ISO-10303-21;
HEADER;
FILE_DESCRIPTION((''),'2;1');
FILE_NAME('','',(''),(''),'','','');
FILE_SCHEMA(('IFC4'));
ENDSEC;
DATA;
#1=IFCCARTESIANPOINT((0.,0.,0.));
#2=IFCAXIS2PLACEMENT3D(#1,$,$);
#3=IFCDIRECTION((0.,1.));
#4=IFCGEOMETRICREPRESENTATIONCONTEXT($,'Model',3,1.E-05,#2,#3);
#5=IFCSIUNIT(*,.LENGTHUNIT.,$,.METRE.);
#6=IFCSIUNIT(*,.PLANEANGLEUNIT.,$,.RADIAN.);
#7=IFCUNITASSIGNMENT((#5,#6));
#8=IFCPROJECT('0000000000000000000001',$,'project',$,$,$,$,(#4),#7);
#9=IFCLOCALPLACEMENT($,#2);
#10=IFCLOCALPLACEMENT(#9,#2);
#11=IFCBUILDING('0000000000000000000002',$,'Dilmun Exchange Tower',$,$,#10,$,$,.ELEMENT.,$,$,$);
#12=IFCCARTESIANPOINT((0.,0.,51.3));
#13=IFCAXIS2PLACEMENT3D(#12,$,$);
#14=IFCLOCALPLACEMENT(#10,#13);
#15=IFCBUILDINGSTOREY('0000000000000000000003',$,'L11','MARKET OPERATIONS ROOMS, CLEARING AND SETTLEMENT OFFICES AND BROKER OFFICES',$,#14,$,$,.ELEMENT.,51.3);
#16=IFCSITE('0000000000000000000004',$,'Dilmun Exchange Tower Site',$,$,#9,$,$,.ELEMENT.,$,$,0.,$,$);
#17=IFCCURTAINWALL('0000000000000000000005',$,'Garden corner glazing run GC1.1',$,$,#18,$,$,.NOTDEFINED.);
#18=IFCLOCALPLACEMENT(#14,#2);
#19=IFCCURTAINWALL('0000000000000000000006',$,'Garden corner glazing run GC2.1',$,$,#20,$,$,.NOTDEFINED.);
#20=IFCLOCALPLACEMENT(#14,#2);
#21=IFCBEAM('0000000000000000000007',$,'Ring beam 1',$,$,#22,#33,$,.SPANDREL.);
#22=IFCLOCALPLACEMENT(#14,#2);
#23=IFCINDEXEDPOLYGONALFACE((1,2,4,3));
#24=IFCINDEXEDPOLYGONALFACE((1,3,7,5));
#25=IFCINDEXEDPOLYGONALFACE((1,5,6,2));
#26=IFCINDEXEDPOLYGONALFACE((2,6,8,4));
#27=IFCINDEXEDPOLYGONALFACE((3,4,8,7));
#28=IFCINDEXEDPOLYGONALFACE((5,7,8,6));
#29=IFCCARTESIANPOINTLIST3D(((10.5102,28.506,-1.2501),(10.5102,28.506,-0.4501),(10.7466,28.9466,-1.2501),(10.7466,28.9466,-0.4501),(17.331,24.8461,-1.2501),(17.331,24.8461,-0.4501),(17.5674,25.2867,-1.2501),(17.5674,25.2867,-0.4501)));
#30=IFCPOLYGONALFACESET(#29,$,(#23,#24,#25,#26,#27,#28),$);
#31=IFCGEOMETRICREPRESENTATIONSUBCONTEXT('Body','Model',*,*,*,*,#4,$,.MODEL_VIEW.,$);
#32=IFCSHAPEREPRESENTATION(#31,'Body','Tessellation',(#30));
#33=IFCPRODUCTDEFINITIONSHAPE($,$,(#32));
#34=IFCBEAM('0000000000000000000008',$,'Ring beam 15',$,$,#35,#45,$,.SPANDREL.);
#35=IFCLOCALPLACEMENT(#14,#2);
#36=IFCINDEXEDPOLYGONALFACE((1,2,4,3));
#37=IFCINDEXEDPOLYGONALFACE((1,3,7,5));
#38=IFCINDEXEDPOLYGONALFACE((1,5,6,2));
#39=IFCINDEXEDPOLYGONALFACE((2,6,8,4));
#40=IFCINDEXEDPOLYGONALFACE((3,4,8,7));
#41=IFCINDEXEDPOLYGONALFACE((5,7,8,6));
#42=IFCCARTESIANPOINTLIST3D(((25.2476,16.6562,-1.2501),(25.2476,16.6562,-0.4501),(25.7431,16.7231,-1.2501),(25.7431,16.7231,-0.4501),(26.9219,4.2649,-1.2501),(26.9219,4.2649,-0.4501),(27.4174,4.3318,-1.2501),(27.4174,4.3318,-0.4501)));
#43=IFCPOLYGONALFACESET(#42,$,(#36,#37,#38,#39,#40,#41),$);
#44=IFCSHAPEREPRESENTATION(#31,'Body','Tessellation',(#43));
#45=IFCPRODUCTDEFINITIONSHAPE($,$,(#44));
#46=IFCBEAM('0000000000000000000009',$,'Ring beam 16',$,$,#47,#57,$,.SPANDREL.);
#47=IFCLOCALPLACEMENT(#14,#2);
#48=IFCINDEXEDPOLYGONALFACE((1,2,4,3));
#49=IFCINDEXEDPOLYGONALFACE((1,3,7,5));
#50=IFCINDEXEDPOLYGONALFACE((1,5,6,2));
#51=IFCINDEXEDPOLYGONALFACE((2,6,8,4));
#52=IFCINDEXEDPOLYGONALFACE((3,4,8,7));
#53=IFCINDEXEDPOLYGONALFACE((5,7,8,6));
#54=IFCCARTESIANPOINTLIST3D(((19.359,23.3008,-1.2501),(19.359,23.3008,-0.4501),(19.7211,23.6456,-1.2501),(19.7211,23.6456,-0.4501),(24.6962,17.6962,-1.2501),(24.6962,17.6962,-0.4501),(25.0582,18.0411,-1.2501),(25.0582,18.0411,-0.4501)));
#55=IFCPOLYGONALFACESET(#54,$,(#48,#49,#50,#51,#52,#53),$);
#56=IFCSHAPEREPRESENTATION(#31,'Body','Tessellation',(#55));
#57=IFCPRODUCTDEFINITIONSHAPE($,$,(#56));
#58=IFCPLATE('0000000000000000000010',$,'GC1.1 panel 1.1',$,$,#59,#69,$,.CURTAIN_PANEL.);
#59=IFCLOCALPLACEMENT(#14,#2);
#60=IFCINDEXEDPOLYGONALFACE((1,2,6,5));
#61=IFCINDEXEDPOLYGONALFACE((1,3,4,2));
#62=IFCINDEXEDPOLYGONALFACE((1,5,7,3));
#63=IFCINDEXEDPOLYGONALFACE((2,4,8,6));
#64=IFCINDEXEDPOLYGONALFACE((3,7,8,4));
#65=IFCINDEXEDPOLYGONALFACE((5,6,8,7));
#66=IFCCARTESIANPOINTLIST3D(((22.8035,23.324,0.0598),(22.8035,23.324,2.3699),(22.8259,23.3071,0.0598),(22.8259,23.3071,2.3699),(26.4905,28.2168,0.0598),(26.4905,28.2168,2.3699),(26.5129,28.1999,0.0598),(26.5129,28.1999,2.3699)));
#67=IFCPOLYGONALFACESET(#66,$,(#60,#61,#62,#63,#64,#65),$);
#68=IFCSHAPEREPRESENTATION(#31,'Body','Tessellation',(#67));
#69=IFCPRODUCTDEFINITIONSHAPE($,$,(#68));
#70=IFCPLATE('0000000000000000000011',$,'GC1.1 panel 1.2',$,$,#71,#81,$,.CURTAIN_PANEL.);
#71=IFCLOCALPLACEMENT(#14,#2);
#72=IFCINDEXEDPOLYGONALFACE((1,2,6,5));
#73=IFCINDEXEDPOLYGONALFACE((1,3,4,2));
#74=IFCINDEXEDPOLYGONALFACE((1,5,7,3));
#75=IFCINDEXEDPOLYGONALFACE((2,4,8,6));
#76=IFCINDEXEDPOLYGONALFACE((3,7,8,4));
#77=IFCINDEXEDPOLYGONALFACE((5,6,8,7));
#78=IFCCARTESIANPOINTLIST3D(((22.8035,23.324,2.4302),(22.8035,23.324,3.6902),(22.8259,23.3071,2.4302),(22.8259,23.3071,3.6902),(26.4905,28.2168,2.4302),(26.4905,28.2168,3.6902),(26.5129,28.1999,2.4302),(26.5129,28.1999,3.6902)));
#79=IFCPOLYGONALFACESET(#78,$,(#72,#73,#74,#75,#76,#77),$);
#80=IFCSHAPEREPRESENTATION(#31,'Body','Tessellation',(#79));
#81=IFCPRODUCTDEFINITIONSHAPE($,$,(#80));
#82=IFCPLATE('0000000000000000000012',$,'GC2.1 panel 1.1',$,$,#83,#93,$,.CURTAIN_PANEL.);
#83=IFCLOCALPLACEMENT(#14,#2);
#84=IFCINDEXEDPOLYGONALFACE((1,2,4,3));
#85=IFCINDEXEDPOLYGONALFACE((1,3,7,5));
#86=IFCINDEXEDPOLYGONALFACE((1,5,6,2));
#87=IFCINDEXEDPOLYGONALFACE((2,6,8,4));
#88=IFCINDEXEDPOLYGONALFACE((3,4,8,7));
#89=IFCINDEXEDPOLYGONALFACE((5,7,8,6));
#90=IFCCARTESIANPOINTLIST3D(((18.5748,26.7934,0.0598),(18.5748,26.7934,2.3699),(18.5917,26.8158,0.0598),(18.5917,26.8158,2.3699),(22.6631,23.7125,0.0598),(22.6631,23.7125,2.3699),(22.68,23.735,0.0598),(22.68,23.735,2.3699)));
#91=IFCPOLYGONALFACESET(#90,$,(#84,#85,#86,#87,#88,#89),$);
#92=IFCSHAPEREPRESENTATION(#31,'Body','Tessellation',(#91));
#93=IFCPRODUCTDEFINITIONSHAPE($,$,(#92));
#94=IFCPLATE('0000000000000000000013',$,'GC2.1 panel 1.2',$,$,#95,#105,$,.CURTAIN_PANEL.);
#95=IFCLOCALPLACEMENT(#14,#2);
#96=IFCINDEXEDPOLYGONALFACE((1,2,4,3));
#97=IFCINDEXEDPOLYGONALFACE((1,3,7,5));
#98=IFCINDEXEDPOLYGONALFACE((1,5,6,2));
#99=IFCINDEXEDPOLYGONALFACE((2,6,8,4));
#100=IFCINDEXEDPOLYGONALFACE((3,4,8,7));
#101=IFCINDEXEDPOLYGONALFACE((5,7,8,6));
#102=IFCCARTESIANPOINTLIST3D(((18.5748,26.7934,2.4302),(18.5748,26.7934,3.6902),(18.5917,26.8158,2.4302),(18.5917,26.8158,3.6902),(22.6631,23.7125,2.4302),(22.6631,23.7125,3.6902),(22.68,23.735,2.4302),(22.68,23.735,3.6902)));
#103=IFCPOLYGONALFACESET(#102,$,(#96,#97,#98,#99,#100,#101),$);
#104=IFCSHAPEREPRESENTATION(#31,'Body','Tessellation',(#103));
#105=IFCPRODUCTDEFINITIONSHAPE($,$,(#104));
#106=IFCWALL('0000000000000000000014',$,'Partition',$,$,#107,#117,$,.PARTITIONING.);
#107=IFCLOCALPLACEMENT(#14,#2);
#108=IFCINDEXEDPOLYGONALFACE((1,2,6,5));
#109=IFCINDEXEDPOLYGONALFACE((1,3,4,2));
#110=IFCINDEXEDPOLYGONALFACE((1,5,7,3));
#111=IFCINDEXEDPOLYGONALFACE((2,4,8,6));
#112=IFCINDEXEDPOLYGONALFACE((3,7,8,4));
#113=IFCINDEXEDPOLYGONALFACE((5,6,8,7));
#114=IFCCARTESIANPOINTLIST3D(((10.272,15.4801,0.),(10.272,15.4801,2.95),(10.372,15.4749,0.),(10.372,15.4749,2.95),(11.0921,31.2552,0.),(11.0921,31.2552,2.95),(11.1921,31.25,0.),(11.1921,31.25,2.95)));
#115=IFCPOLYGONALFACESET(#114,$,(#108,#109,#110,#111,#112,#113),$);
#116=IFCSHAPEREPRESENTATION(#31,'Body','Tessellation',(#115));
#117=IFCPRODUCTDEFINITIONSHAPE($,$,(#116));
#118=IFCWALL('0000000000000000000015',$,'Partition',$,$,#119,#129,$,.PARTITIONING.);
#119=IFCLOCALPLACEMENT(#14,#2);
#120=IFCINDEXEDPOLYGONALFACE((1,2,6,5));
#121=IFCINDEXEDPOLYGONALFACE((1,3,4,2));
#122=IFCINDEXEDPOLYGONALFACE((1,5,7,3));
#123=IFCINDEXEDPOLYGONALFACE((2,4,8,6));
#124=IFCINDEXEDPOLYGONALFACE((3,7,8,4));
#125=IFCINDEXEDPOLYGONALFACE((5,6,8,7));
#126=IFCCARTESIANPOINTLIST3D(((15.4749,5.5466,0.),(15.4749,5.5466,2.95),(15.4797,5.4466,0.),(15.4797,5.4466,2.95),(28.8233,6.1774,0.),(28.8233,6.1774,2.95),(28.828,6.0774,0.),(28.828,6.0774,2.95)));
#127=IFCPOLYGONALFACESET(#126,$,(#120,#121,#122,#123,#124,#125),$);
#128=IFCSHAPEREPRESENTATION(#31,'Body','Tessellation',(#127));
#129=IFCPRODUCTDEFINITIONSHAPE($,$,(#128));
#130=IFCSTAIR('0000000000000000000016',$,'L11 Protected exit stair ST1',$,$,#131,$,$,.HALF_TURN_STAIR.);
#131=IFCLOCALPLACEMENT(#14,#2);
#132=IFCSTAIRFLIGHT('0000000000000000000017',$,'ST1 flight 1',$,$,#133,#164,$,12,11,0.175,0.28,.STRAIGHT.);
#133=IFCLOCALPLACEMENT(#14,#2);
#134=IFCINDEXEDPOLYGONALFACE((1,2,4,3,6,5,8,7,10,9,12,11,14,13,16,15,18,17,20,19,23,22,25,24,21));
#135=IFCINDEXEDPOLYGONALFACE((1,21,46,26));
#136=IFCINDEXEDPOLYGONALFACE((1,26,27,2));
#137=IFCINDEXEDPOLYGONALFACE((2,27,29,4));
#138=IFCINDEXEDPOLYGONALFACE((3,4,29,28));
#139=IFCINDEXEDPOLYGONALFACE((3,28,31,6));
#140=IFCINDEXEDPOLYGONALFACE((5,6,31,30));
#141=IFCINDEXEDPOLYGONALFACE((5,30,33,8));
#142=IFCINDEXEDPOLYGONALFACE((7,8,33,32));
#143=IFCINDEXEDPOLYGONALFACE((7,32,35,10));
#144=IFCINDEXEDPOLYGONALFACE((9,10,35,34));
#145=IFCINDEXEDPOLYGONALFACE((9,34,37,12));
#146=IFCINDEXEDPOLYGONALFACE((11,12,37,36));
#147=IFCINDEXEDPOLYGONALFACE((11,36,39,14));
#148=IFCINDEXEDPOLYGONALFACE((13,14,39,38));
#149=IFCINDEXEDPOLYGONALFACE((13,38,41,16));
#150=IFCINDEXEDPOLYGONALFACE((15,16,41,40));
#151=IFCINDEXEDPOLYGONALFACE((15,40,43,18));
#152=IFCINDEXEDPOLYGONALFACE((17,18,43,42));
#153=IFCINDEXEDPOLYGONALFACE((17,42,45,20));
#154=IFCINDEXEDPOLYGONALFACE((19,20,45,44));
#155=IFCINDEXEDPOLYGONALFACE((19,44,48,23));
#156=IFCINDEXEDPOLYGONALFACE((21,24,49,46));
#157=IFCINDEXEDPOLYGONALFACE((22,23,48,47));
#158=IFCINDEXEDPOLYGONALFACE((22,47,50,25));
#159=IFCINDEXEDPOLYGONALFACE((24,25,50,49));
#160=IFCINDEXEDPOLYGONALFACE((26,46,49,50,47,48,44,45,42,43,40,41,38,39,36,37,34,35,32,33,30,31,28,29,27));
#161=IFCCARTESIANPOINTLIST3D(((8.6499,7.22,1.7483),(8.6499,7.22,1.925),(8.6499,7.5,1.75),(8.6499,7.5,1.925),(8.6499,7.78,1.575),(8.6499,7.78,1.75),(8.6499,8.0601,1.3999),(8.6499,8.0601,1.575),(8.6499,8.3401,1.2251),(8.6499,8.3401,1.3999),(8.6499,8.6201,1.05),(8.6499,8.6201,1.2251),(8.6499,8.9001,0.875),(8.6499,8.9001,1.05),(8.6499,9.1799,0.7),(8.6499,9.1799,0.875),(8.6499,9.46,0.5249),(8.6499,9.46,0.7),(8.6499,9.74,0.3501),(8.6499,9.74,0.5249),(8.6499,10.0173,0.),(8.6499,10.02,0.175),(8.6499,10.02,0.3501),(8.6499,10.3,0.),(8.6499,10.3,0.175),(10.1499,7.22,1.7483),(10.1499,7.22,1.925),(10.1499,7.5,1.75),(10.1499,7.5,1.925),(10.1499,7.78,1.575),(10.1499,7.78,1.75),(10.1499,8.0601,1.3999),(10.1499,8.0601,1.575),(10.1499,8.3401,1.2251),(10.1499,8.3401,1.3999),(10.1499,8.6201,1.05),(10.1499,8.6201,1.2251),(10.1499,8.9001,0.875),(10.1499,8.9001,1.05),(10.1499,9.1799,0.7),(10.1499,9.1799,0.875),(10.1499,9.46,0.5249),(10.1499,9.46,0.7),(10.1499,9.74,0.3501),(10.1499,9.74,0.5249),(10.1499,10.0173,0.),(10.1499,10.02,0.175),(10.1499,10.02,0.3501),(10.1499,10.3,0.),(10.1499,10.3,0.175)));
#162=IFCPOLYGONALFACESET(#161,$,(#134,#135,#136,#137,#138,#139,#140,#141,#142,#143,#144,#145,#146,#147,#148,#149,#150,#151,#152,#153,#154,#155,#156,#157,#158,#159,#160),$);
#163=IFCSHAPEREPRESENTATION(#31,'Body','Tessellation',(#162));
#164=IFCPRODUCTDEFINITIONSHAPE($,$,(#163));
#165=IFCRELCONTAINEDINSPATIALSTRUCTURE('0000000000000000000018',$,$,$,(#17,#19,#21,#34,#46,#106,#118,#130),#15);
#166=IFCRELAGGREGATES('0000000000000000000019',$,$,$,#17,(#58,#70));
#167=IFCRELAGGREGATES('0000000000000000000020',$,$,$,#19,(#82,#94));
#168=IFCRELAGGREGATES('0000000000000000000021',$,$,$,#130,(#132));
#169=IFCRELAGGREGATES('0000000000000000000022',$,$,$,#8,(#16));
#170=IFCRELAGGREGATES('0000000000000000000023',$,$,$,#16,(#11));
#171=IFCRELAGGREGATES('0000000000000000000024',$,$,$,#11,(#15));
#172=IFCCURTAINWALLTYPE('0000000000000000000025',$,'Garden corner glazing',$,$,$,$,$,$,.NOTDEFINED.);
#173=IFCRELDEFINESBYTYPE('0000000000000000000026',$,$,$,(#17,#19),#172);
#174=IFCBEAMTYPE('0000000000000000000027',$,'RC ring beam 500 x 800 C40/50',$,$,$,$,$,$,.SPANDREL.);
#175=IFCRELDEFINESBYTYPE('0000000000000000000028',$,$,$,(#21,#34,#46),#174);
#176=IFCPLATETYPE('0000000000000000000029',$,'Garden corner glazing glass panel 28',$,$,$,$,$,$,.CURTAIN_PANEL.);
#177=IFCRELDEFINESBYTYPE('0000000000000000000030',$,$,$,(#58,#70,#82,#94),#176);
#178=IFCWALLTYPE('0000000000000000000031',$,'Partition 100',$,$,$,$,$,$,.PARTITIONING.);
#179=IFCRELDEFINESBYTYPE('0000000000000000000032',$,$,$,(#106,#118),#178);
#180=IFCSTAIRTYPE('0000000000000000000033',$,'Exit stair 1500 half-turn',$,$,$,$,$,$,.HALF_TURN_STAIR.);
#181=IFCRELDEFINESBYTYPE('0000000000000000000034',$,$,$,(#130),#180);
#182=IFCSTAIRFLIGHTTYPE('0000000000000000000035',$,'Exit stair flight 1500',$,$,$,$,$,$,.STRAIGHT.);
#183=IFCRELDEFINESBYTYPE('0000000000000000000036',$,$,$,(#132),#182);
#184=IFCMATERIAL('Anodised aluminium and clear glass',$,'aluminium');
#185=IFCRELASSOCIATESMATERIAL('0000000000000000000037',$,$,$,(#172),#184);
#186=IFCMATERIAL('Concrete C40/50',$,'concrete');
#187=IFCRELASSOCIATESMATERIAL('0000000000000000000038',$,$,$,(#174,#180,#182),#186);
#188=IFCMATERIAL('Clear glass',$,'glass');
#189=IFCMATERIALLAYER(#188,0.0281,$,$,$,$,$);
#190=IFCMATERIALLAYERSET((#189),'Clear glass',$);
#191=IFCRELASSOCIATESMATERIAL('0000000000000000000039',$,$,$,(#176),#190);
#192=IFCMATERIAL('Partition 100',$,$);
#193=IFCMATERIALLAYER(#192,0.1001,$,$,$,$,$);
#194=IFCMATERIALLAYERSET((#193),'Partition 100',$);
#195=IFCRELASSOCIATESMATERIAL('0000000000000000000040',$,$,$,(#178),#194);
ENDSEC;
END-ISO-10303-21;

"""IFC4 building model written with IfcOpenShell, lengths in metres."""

from ifc_helpers import new_model, si_unit, direction, frame, frame_2d, origin, origin_2d, place, context, subcontext, project, spatial, polyline, rectangle, outline, extrude, material, layer, layer_set, material_profile, profile_set, type_object, element, aggregate, save


model = new_model("IFC4")

# Units and contexts
model_context = context("Model", 3, precision=1e-05, world=origin(), true_north=direction((0.0, 1.0)))
body_context = subcontext(model_context, "Body", "Model", "MODEL_VIEW")
ifc_project = project(units=[si_unit("LENGTHUNIT", "METRE"), si_unit("PLANEANGLEUNIT", "RADIAN")], contexts=[model_context])

# Site, building, storey
site_placement = place(None, origin())
site = spatial("IfcSite", under=ifc_project, at=site_placement, Name="Dilmun Exchange Tower Site", CompositionType="ELEMENT", RefElevation=0.0)
building_placement = place(site_placement, origin())
building = spatial("IfcBuilding", under=site, at=building_placement, Name="Dilmun Exchange Tower", CompositionType="ELEMENT")
storey_placement = place(building_placement, frame((0.0, 0.0, 51.3)))
storey = spatial("IfcBuildingStorey", under=building, at=storey_placement, Name="L11", Description="MARKET OPERATIONS ROOMS, CLEARING AND SETTLEMENT OFFICES AND BROKER OFFICES", CompositionType="ELEMENT", Elevation=51.3)

# Curtain wall
ifc_material_1 = material(Name="Anodised aluminium and clear glass", Category="aluminium")
curtain_wall_type = type_object("IfcCurtainWallType", Name="Garden corner glazing", PredefinedType="NOTDEFINED", material=ifc_material_1)
curtain_wall_1_placement = place(storey_placement, origin())
curtain_wall_1 = element("IfcCurtainWall", 1, at=curtain_wall_1_placement, inside=storey, type_object=curtain_wall_type, Name="Garden corner glazing run GC1.1", PredefinedType="NOTDEFINED")

# Curtain wall
curtain_wall_2_placement = place(storey_placement, origin())
curtain_wall_2 = element("IfcCurtainWall", 2, at=curtain_wall_2_placement, inside=storey, type_object=curtain_wall_type, Name="Garden corner glazing run GC2.1", PredefinedType="NOTDEFINED")

# Beams
ifc_material_2 = material(Name="Concrete C40/50", Category="concrete")
ifc_material_profile_1 = material_profile(ifc_material_2, rectangle(XDim=0.5, YDim=0.8, at=origin_2d()), Name="500 x 800")
ifc_profile_set_1 = profile_set([ifc_material_profile_1], Name="Concrete C40/50")
beam_type_1 = type_object("IfcBeamType", Name="RC ring beam 500 x 800 C40/50", PredefinedType="SPANDREL", material=ifc_profile_set_1)
beam_1_placement = place(storey_placement, frame((17.4492, 25.0664, -0.8501), z_axis=(-0.881162, 0.472815, 0.0), x_axis=(-0.472815, -0.881162, 0.0)))
element("IfcBeam", 3, at=beam_1_placement, inside=storey, type_object=beam_type_1, Name="Ring beam 1", PredefinedType="SPANDREL", context=body_context, shape_type="SweptSolid", body=[
    extrude(rectangle(XDim=0.5, YDim=0.8, at=origin_2d()), origin(), (0.0, 0.0, 1.0), 7.7407),
])
beam_2_placement = place(storey_placement, frame((27.1697, 4.2983, -0.8501), z_axis=(-0.133903, 0.990994, 0.0), x_axis=(-0.990994, -0.133903, 0.0)))
element("IfcBeam", 4, at=beam_2_placement, inside=storey, type_object=beam_type_1, Name="Ring beam 15", PredefinedType="SPANDREL", context=body_context, shape_type="SweptSolid", body=[
    extrude(rectangle(XDim=0.5, YDim=0.8, at=origin_2d()), origin(), (0.0, 0.0, 1.0), 12.5039),
])
beam_3_placement = place(storey_placement, frame((24.8772, 17.8687, -0.8501), z_axis=(-0.689624, 0.724167, 0.0), x_axis=(-0.724167, -0.689624, 0.0)))
element("IfcBeam", 5, at=beam_3_placement, inside=storey, type_object=beam_type_1, Name="Ring beam 16", PredefinedType="SPANDREL", context=body_context, shape_type="SweptSolid", body=[
    extrude(rectangle(XDim=0.5, YDim=0.8, at=origin_2d()), origin(), (0.0, 0.0, 1.0), 7.7393),
])

# Plates
ifc_material_3 = material(Name="Clear glass", Category="glass")
ifc_layer_1 = layer(ifc_material_3, 0.0281)
ifc_layer_set_1 = layer_set([ifc_layer_1], Name="Clear glass")
plate_type = type_object("IfcPlateType", Name="Garden corner glazing glass panel 28", PredefinedType="CURTAIN_PANEL", material=ifc_layer_set_1)
plate_1_placement = place(storey_placement, frame((24.6582, 25.762, 0.0598), z_axis=(0.0, 0.0, 1.0), x_axis=(-0.601817, -0.798634, 0.0)))
plate_1 = element("IfcPlate", 6, at=plate_1_placement, type_object=plate_type, Name="GC1.1 panel 1.1", PredefinedType="CURTAIN_PANEL", context=body_context, shape_type="SweptSolid", body=[
    extrude(rectangle(XDim=6.1265, YDim=0.0281, at=origin_2d()), origin(), (0.0, 0.0, 1.0), 2.3101),
])
plate_2_placement = place(storey_placement, frame((24.6582, 25.762, 2.4302), z_axis=(0.0, 0.0, 1.0), x_axis=(-0.601817, -0.798634, 0.0)))
plate_2 = element("IfcPlate", 7, at=plate_2_placement, type_object=plate_type, Name="GC1.1 panel 1.2", PredefinedType="CURTAIN_PANEL", context=body_context, shape_type="SweptSolid", body=[
    extrude(rectangle(XDim=6.1265, YDim=0.0281, at=origin_2d()), origin(), (0.0, 0.0, 1.0), 1.26),
])
aggregate(curtain_wall_1, [plate_1, plate_2])
plate_3_placement = place(storey_placement, frame((20.6274, 25.2642, 0.0598), z_axis=(0.0, 0.0, 1.0), x_axis=(-0.798631, 0.601822, 0.0)))
plate_3 = element("IfcPlate", 8, at=plate_3_placement, type_object=plate_type, Name="GC2.1 panel 1.1", PredefinedType="CURTAIN_PANEL", context=body_context, shape_type="SweptSolid", body=[
    extrude(rectangle(XDim=5.1191, YDim=0.0281, at=origin_2d()), origin(), (0.0, 0.0, 1.0), 2.3101),
])
plate_4_placement = place(storey_placement, frame((20.6274, 25.2642, 2.4302), z_axis=(0.0, 0.0, 1.0), x_axis=(-0.798631, 0.601822, 0.0)))
plate_4 = element("IfcPlate", 9, at=plate_4_placement, type_object=plate_type, Name="GC2.1 panel 1.2", PredefinedType="CURTAIN_PANEL", context=body_context, shape_type="SweptSolid", body=[
    extrude(rectangle(XDim=5.1191, YDim=0.0281, at=origin_2d()), origin(), (0.0, 0.0, 1.0), 1.26),
])
aggregate(curtain_wall_2, [plate_3, plate_4])

# Walls
ifc_material_4 = material(Name="Partition 100")
ifc_layer_2 = layer(ifc_material_4, 0.1001)
ifc_layer_set_2 = layer_set([ifc_layer_2], Name="Partition 100")
wall_type = type_object("IfcWallType", Name="Partition 100", PredefinedType="PARTITIONING", material=ifc_layer_set_2)
wall_1_placement = place(storey_placement, frame((10.322, 15.4775, 0.0), z_axis=(0.0, 0.0, 1.0), x_axis=(0.051915, 0.998652, 0.0)))
element("IfcWall", 10, at=wall_1_placement, inside=storey, type_object=wall_type, Name="Partition", PredefinedType="PARTITIONING", context=body_context, shape_type="SweptSolid", body=[
    extrude(rectangle(XDim=15.7964, YDim=0.1001, at=frame_2d((7.8982, 0.0))), origin(), (0.0, 0.0, 1.0), 2.95),
])
wall_2_placement = place(storey_placement, frame((15.4773, 5.4966, 0.0), z_axis=(0.0, 0.0, 1.0), x_axis=(0.998885, 0.047208, 0.0)))
element("IfcWall", 11, at=wall_2_placement, inside=storey, type_object=wall_type, Name="Partition", PredefinedType="PARTITIONING", context=body_context, shape_type="SweptSolid", body=[
    extrude(rectangle(XDim=13.3633, YDim=0.1001, at=frame_2d((6.6816, 0.0))), origin(), (0.0, 0.0, 1.0), 2.95),
])

# Stair, stair flight
stair_type = type_object("IfcStairType", Name="Exit stair 1500 half-turn", PredefinedType="HALF_TURN_STAIR", material=ifc_material_2)
stair_placement = place(storey_placement, origin())
stair = element("IfcStair", 12, at=stair_placement, inside=storey, type_object=stair_type, Name="L11 Protected exit stair ST1", PredefinedType="HALF_TURN_STAIR")
stair_flight_type = type_object("IfcStairFlightType", Name="Exit stair flight 1500", PredefinedType="STRAIGHT", material=ifc_material_2)
stair_flight_1_placement = place(storey_placement, frame((9.3999, 10.3, 0.0), z_axis=(0.0, 0.0, 1.0), x_axis=(0.0, -1.0, 0.0)))
stair_flight_1 = element("IfcStairFlight", 13, at=stair_flight_1_placement, type_object=stair_flight_type, Name="ST1 flight 1", NumberOfRisers=12, NumberOfTreads=11, PredefinedType="STRAIGHT", RiserHeight=0.175, TreadLength=0.28, context=body_context, shape_type="SweptSolid", body=[
    extrude(outline(polyline([(0.0, 0.0), (0.0, 0.175), (0.28, 0.175), (0.28, 0.3501), (0.5601, 0.3501), (0.5601, 0.5249), (0.8401, 0.5249), (0.8401, 0.7), (1.1201, 0.7), (1.1201, 0.875), (1.3999, 0.875), (1.3999, 1.05), (1.6799, 1.05), (1.6799, 1.2251), (1.96, 1.2251), (1.96, 1.3999), (2.24, 1.3999), (2.24, 1.575), (2.52, 1.575), (2.52, 1.75), (2.8, 1.75), (2.8, 1.925), (3.0801, 1.925), (3.0801, 2.1001), (3.0801, 1.7483), (0.2827, 0.0), (0.0, 0.0)])), frame((0.0, 0.75, 0.0), z_axis=(0.0, -1.0, 0.0), x_axis=(1.0, 0.0, 0.0)), (0.0, 0.0, 1.0), 1.5),
])
aggregate(stair, [stair_flight_1])

save(model, "model.ifc")
